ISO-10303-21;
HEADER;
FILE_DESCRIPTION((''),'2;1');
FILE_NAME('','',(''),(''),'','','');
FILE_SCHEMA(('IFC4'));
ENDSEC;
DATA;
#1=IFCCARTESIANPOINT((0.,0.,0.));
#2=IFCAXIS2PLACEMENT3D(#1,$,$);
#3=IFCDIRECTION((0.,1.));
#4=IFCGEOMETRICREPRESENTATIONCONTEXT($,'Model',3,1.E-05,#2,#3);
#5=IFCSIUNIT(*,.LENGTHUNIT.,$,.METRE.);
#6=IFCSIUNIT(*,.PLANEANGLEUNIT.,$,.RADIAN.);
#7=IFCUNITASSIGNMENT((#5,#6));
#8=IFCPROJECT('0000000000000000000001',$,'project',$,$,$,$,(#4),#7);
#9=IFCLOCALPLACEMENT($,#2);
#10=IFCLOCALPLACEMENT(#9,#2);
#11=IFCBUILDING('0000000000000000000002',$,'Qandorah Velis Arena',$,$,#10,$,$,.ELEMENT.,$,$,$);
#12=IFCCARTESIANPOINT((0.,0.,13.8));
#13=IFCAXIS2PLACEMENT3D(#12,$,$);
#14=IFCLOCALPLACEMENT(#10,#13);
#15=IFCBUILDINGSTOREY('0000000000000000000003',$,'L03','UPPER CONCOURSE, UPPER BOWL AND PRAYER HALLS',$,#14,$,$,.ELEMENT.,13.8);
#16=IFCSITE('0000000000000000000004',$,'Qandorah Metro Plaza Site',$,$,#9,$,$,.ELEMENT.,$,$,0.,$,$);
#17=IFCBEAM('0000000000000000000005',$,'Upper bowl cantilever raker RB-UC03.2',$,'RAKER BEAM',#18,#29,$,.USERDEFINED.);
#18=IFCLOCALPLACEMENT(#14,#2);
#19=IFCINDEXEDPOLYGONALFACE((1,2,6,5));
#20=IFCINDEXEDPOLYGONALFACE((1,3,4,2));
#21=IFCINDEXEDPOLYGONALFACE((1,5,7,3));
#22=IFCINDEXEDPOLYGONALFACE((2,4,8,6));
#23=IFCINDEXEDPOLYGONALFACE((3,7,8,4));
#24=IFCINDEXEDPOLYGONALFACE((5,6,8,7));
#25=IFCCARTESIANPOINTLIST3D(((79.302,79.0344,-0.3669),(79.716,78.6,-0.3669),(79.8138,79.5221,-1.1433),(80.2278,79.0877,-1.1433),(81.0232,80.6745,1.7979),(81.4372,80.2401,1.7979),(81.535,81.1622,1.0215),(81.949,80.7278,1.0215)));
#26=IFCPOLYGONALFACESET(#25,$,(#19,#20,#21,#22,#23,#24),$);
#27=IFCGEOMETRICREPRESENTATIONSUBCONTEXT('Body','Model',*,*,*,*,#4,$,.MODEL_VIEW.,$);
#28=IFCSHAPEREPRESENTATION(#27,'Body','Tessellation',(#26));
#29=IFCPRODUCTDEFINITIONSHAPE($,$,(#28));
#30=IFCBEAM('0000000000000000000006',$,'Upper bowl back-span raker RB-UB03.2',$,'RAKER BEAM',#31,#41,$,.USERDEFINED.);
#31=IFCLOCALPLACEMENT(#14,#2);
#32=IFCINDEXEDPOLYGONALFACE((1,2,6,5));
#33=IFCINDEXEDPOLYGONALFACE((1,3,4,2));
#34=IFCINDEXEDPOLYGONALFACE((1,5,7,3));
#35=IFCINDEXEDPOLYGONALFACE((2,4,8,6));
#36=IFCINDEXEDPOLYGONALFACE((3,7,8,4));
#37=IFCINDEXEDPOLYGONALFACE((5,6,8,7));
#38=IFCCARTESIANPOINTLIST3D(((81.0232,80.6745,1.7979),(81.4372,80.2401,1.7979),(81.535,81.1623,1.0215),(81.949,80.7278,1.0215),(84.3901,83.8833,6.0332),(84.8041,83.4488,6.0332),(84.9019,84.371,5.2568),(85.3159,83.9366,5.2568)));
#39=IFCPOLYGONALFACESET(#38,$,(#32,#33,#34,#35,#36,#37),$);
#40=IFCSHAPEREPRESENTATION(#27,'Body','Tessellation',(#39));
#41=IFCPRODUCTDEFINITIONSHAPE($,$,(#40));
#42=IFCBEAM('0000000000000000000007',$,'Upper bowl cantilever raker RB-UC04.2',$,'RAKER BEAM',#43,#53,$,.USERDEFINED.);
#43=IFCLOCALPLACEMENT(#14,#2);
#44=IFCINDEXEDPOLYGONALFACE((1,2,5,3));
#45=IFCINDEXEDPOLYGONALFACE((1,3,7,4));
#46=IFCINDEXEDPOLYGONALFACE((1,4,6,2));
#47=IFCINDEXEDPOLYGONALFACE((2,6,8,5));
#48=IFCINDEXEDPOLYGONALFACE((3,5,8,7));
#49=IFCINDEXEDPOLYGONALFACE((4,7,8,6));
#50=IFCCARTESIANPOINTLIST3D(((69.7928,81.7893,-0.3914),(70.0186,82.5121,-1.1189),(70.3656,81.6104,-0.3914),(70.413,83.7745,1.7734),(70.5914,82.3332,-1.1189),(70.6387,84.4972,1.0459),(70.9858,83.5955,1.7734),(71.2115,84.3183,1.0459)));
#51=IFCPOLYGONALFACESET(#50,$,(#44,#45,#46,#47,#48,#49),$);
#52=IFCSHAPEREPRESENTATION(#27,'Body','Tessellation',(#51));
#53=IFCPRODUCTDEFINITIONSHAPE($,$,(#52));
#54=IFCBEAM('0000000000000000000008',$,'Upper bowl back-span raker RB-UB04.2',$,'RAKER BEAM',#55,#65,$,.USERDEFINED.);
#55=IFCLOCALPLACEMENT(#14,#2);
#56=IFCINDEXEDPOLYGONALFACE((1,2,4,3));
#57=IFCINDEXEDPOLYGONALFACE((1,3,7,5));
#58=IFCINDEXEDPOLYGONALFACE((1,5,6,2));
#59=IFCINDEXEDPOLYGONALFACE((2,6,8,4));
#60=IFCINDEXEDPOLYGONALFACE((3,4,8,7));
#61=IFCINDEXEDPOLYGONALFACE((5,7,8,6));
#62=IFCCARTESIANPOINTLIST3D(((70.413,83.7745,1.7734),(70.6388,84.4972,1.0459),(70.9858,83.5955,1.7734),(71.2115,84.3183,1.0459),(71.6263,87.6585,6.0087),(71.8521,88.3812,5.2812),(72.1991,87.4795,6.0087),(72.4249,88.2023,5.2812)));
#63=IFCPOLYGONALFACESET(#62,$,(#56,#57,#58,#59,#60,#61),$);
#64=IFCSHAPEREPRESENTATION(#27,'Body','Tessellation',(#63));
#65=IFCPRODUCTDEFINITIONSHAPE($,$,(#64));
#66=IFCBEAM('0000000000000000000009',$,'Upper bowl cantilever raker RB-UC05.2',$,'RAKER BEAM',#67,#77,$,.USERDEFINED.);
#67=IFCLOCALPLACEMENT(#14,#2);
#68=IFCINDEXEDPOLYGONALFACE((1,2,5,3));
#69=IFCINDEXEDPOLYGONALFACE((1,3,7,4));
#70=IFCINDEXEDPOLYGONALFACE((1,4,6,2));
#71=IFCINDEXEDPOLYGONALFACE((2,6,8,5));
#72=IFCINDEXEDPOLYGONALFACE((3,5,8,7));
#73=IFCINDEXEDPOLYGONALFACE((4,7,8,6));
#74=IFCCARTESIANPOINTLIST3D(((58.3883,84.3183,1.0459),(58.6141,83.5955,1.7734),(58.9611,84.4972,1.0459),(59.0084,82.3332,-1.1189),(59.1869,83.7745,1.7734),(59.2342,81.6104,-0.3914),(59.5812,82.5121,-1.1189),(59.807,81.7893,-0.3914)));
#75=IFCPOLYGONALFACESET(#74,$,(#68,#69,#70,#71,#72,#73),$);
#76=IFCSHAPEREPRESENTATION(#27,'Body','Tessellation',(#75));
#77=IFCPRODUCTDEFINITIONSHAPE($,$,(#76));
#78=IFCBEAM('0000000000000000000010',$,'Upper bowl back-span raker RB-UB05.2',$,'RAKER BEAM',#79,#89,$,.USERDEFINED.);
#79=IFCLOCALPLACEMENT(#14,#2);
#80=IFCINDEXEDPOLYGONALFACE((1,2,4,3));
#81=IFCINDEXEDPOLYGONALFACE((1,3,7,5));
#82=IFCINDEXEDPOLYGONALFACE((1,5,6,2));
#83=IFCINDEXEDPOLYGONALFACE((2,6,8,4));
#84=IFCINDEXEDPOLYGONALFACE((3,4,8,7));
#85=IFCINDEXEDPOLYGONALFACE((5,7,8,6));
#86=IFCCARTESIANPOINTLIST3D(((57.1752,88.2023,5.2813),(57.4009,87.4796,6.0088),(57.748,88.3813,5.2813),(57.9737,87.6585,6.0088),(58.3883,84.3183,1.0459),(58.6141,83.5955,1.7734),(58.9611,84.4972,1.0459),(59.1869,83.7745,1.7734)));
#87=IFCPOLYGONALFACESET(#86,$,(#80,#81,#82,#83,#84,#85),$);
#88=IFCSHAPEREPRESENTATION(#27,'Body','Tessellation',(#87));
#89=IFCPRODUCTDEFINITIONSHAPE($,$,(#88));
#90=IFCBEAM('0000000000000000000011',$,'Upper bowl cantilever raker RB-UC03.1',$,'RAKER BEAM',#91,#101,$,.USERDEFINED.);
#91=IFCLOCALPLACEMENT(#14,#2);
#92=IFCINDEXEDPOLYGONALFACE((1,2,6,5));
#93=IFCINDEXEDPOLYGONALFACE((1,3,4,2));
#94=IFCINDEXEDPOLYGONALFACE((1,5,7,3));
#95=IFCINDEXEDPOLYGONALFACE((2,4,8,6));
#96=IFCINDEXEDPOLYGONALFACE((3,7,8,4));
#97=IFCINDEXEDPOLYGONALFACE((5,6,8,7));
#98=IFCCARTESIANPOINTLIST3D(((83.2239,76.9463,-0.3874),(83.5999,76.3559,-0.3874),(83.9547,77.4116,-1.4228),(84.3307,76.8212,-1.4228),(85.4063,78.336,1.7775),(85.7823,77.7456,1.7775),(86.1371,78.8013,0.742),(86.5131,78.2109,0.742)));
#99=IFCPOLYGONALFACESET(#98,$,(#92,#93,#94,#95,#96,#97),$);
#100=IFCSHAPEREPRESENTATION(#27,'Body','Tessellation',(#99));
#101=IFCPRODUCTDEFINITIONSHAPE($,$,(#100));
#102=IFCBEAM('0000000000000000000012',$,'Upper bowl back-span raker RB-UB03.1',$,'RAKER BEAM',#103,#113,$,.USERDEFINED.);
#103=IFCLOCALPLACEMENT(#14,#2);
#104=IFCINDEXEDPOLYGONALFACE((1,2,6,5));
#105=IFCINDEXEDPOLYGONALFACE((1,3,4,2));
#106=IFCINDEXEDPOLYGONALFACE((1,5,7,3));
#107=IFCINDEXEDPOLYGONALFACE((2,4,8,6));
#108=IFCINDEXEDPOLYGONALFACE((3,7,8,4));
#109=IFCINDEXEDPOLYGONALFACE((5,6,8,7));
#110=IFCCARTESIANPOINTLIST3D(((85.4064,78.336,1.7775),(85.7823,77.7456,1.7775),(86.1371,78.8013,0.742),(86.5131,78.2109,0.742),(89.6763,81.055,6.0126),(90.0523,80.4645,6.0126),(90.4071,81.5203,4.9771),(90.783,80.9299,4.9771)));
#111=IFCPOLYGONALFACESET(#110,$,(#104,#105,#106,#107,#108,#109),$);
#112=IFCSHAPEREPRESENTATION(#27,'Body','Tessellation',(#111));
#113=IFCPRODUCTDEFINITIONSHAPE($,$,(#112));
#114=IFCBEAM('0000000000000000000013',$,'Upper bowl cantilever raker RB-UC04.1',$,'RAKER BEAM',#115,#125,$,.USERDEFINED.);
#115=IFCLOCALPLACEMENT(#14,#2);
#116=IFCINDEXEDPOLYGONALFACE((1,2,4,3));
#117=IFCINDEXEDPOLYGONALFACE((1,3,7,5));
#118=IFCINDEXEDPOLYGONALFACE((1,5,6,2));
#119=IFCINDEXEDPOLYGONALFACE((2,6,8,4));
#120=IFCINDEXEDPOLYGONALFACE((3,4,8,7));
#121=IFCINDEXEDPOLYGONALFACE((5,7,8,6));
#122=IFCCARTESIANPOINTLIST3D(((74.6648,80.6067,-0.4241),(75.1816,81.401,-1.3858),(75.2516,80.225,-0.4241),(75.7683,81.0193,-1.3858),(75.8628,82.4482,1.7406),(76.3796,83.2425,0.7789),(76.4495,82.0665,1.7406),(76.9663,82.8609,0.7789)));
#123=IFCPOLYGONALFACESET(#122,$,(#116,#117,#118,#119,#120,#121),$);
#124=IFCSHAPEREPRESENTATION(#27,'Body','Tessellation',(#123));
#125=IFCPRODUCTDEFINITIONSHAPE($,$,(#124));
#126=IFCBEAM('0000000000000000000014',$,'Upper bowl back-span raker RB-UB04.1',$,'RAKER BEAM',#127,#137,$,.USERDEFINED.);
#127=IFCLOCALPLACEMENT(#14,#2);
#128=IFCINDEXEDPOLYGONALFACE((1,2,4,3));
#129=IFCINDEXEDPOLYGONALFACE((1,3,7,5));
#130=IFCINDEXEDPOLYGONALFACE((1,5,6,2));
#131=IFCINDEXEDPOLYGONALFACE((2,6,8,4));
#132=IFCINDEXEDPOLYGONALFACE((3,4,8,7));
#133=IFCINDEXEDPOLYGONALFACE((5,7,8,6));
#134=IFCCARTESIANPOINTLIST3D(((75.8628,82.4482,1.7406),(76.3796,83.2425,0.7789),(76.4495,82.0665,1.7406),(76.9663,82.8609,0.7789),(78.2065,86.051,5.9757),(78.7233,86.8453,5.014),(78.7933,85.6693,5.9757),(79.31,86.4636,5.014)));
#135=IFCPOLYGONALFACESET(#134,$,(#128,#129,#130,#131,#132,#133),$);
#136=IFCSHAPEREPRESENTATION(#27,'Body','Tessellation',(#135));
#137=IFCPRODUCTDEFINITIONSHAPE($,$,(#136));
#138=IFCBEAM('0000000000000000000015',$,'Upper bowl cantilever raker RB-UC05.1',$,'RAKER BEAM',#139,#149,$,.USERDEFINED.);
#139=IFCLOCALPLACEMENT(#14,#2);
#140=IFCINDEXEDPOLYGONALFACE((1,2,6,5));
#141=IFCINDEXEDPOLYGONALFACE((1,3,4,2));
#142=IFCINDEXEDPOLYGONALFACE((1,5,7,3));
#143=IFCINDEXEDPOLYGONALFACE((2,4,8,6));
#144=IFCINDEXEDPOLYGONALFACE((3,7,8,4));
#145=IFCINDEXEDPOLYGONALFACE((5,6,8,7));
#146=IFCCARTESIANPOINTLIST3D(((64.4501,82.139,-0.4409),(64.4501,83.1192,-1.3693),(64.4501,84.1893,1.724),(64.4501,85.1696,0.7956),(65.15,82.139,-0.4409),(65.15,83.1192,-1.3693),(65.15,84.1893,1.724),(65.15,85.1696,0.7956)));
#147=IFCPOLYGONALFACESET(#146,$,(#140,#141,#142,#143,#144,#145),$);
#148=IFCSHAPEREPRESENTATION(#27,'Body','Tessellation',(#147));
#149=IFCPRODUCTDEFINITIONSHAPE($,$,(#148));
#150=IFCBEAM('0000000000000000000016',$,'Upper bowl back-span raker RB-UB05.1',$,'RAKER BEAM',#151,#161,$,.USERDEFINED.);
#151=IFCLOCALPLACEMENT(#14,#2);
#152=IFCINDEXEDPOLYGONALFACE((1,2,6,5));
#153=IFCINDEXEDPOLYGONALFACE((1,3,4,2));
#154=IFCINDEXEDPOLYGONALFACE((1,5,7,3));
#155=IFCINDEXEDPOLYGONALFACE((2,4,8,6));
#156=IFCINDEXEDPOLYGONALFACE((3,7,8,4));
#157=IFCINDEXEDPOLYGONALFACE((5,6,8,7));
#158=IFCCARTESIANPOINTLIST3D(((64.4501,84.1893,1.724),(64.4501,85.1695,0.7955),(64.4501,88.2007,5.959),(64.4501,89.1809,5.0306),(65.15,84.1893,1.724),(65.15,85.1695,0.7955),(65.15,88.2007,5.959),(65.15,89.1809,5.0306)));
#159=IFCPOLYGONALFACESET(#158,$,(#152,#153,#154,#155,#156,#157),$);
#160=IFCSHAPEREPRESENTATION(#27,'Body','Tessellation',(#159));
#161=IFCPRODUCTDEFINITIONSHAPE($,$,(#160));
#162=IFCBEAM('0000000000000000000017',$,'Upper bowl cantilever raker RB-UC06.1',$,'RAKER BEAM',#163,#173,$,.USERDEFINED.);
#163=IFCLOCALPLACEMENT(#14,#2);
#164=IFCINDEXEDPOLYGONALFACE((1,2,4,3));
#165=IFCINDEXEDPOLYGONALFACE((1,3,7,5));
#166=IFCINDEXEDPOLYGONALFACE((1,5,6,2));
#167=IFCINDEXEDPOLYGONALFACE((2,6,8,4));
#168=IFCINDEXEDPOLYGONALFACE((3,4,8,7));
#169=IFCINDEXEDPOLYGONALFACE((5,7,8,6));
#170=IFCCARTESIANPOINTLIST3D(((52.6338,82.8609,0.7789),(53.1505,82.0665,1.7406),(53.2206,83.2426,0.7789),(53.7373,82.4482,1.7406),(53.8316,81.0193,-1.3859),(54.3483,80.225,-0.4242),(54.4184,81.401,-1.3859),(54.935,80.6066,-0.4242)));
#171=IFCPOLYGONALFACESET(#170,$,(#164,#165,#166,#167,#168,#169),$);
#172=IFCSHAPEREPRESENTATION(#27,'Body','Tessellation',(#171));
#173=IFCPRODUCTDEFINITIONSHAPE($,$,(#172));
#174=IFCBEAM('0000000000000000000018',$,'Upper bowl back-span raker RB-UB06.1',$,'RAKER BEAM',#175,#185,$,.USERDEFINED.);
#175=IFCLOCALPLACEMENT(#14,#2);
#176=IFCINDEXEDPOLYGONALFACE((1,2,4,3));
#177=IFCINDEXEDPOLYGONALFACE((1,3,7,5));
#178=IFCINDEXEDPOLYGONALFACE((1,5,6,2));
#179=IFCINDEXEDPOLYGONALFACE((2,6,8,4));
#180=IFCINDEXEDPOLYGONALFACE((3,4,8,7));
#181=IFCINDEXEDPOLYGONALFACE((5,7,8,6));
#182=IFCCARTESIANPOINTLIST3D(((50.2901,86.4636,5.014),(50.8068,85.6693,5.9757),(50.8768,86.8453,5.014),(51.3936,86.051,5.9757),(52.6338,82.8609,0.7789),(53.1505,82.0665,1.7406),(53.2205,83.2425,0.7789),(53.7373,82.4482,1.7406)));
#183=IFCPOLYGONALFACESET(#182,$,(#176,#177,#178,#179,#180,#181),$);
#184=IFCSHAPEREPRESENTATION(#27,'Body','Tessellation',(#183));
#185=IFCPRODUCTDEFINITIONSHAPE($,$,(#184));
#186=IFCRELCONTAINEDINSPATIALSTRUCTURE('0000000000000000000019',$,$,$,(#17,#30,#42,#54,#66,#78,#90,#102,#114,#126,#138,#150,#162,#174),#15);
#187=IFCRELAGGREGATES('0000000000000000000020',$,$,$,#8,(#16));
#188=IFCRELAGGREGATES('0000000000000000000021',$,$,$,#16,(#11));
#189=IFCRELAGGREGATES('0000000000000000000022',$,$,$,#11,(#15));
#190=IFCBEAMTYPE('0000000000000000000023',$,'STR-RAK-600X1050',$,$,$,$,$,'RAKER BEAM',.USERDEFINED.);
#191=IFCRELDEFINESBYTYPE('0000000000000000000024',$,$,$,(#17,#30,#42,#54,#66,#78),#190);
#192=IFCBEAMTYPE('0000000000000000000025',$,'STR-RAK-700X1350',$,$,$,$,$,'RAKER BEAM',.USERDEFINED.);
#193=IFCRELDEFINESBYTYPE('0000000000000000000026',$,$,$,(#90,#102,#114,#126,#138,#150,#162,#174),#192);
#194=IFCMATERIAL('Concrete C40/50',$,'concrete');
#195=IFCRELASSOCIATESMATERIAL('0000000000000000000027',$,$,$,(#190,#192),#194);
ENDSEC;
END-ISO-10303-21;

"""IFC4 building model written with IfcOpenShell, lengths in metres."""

from ifc_helpers import new_model, si_unit, direction, frame, origin, origin_2d, place, context, subcontext, project, spatial, rectangle, extrude, material, material_profile, profile_set, type_object, element, save


model = new_model("IFC4")

# Units and contexts
model_context = context("Model", 3, precision=1e-05, world=origin(), true_north=direction((0.0, 1.0)))
body_context = subcontext(model_context, "Body", "Model", "MODEL_VIEW")
ifc_project = project(units=[si_unit("LENGTHUNIT", "METRE"), si_unit("PLANEANGLEUNIT", "RADIAN")], contexts=[model_context])

# Site, building, storey
site_placement = place(None, origin())
site = spatial("IfcSite", under=ifc_project, at=site_placement, Name="Qandorah Metro Plaza Site", CompositionType="ELEMENT", RefElevation=0.0)
building_placement = place(site_placement, origin())
building = spatial("IfcBuilding", under=site, at=building_placement, Name="Qandorah Velis Arena", CompositionType="ELEMENT")
storey_placement = place(building_placement, frame((0.0, 0.0, 13.8)))
storey = spatial("IfcBuildingStorey", under=building, at=storey_placement, Name="L03", Description="UPPER CONCOURSE, UPPER BOWL AND PRAYER HALLS", CompositionType="ELEMENT", Elevation=13.8)

# Shared definitions
ifc_material_1 = material(Name="Concrete C40/50", Category="concrete")

# Beams
ifc_material_profile_1 = material_profile(ifc_material_1, rectangle(XDim=0.6001, YDim=1.05, at=origin_2d()), Name="RC RAKER 600x1050")
ifc_profile_set_1 = profile_set([ifc_material_profile_1], Name="Concrete C40/50")
beam_type_1 = type_object("IfcBeamType", Name="STR-RAK-600X1050", ElementType="RAKER BEAM", PredefinedType="USERDEFINED", material=ifc_profile_set_1)
beam_1_placement = place(storey_placement, frame((81.4861, 80.7012, 1.4097), z_axis=(-0.535294, -0.510086, -0.673255), x_axis=(0.689855, -0.723947, 0.0)))
element("IfcBeam", 1, at=beam_1_placement, inside=storey, type_object=beam_type_1, Name="Upper bowl cantilever raker RB-UC03.2", ObjectType="RAKER BEAM", PredefinedType="USERDEFINED", context=body_context, shape_type="SweptSolid", body=[
    extrude(rectangle(XDim=0.6001, YDim=1.05, at=origin_2d()), origin(), (0.0, 0.0, 1.0), 3.2153),
])
beam_2_placement = place(storey_placement, frame((81.4861, 80.7012, 1.4097), z_axis=(0.535242, 0.510092, 0.673292), x_axis=(-0.689895, 0.723909, 0.0)))
element("IfcBeam", 2, at=beam_2_placement, inside=storey, type_object=beam_type_1, Name="Upper bowl back-span raker RB-UB03.2", ObjectType="RAKER BEAM", PredefinedType="USERDEFINED", context=body_context, shape_type="SweptSolid", body=[
    extrude(rectangle(XDim=0.6001, YDim=1.05, at=origin_2d()), origin(), (0.0, 0.0, 1.0), 6.2905),
])
beam_3_placement = place(storey_placement, frame((70.8123, 84.0464, 1.4097), z_axis=(-0.206573, -0.661279, -0.721136), x_axis=(0.954511, -0.298175, 0.0)))
element("IfcBeam", 3, at=beam_3_placement, inside=storey, type_object=beam_type_1, Name="Upper bowl cantilever raker RB-UC04.2", ObjectType="RAKER BEAM", PredefinedType="USERDEFINED", context=body_context, shape_type="SweptSolid", body=[
    extrude(rectangle(XDim=0.6001, YDim=1.05, at=origin_2d()), origin(), (0.0, 0.0, 1.0), 3.002),
])
beam_4_placement = place(storey_placement, frame((70.8123, 84.0464, 1.4097), z_axis=(0.206591, 0.661298, 0.721114), x_axis=(-0.954507, 0.29819, 0.0)))
element("IfcBeam", 4, at=beam_4_placement, inside=storey, type_object=beam_type_1, Name="Upper bowl back-span raker RB-UB04.2", ObjectType="RAKER BEAM", PredefinedType="USERDEFINED", context=body_context, shape_type="SweptSolid", body=[
    extrude(rectangle(XDim=0.6001, YDim=1.05, at=origin_2d()), origin(), (0.0, 0.0, 1.0), 5.8733),
])
beam_5_placement = place(storey_placement, frame((58.7876, 84.0464, 1.4097), z_axis=(0.206573, -0.661279, -0.721136), x_axis=(0.954511, 0.298175, 0.0)))
element("IfcBeam", 5, at=beam_5_placement, inside=storey, type_object=beam_type_1, Name="Upper bowl cantilever raker RB-UC05.2", ObjectType="RAKER BEAM", PredefinedType="USERDEFINED", context=body_context, shape_type="SweptSolid", body=[
    extrude(rectangle(XDim=0.6001, YDim=1.05, at=origin_2d()), origin(), (0.0, 0.0, 1.0), 3.002),
])
beam_6_placement = place(storey_placement, frame((58.7876, 84.0464, 1.4097), z_axis=(-0.206551, 0.661304, 0.72112), x_axis=(-0.954524, -0.298135, 0.0)))
element("IfcBeam", 6, at=beam_6_placement, inside=storey, type_object=beam_type_1, Name="Upper bowl back-span raker RB-UB05.2", ObjectType="RAKER BEAM", PredefinedType="USERDEFINED", context=body_context, shape_type="SweptSolid", body=[
    extrude(rectangle(XDim=0.6001, YDim=1.05, at=origin_2d()), origin(), (0.0, 0.0, 1.0), 5.8733),
])
ifc_material_profile_2 = material_profile(ifc_material_1, rectangle(XDim=0.7, YDim=1.3501, at=origin_2d()), Name="RC RAKER 700x1350")
ifc_profile_set_2 = profile_set([ifc_material_profile_2], Name="Concrete C40/50")
beam_type_2 = type_object("IfcBeamType", Name="STR-RAK-700X1350", ElementType="RAKER BEAM", PredefinedType="USERDEFINED", material=ifc_profile_set_2)
beam_7_placement = place(storey_placement, frame((85.9597, 78.2734, 1.2598), z_axis=(-0.646925, -0.411936, -0.641714), x_axis=(0.537114, -0.84351, 0.0)))
element("IfcBeam", 7, at=beam_7_placement, inside=storey, type_object=beam_type_2, Name="Upper bowl cantilever raker RB-UC03.1", ObjectType="RAKER BEAM", PredefinedType="USERDEFINED", context=body_context, shape_type="SweptSolid", body=[
    extrude(rectangle(XDim=0.7, YDim=1.3501, at=origin_2d()), origin(), (0.0, 0.0, 1.0), 3.3735),
])
beam_8_placement = place(storey_placement, frame((85.9597, 78.2734, 1.2598), z_axis=(0.646957, 0.411959, 0.641667), x_axis=(-0.537116, 0.843509, 0.0)))
element("IfcBeam", 8, at=beam_8_placement, inside=storey, type_object=beam_type_2, Name="Upper bowl back-span raker RB-UB03.1", ObjectType="RAKER BEAM", PredefinedType="USERDEFINED", context=body_context, shape_type="SweptSolid", body=[
    extrude(rectangle(XDim=0.7, YDim=1.3501, at=origin_2d()), origin(), (0.0, 0.0, 1.0), 6.6001),
])
beam_9_placement = place(storey_placement, frame((76.4146, 82.6545, 1.2598), z_axis=(-0.388419, -0.597075, -0.701878), x_axis=(0.838238, -0.545305, 0.0)))
element("IfcBeam", 9, at=beam_9_placement, inside=storey, type_object=beam_type_2, Name="Upper bowl cantilever raker RB-UC04.1", ObjectType="RAKER BEAM", PredefinedType="USERDEFINED", context=body_context, shape_type="SweptSolid", body=[
    extrude(rectangle(XDim=0.7, YDim=1.3501, at=origin_2d()), origin(), (0.0, 0.0, 1.0), 3.0842),
])
beam_10_placement = place(storey_placement, frame((76.4146, 82.6545, 1.2598), z_axis=(0.388423, 0.597079, 0.701872), x_axis=(-0.838237, 0.545306, 0.0)))
element("IfcBeam", 10, at=beam_10_placement, inside=storey, type_object=beam_type_2, Name="Upper bowl back-span raker RB-UB04.1", ObjectType="RAKER BEAM", PredefinedType="USERDEFINED", context=body_context, shape_type="SweptSolid", body=[
    extrude(rectangle(XDim=0.7, YDim=1.3501, at=origin_2d()), origin(), (0.0, 0.0, 1.0), 6.0339),
])
beam_11_placement = place(storey_placement, frame((64.8, 84.6794, 1.2598), z_axis=(0.0, -0.687645, -0.726047), x_axis=(1.0, 0.0, 0.0)))
element("IfcBeam", 11, at=beam_11_placement, inside=storey, type_object=beam_type_2, Name="Upper bowl cantilever raker RB-UC05.1", ObjectType="RAKER BEAM", PredefinedType="USERDEFINED", context=body_context, shape_type="SweptSolid", body=[
    extrude(rectangle(XDim=0.7, YDim=1.3501, at=origin_2d()), origin(), (0.0, 0.0, 1.0), 2.9817),
])
beam_12_placement = place(storey_placement, frame((64.8, 84.6794, 1.2598), z_axis=(0.0, 0.687678, 0.726015), x_axis=(-1.0, 0.0, 0.0)))
element("IfcBeam", 12, at=beam_12_placement, inside=storey, type_object=beam_type_2, Name="Upper bowl back-span raker RB-UB05.1", ObjectType="RAKER BEAM", PredefinedType="USERDEFINED", context=body_context, shape_type="SweptSolid", body=[
    extrude(rectangle(XDim=0.7, YDim=1.3501, at=origin_2d()), origin(), (0.0, 0.0, 1.0), 5.8333),
])
beam_13_placement = place(storey_placement, frame((53.1855, 82.6545, 1.2598), z_axis=(0.388352, -0.597093, -0.701899), x_axis=(0.838289, 0.545227, 0.0)))
element("IfcBeam", 13, at=beam_13_placement, inside=storey, type_object=beam_type_2, Name="Upper bowl cantilever raker RB-UC06.1", ObjectType="RAKER BEAM", PredefinedType="USERDEFINED", context=body_context, shape_type="SweptSolid", body=[
    extrude(rectangle(XDim=0.7, YDim=1.3501, at=origin_2d()), origin(), (0.0, 0.0, 1.0), 3.0842),
])
beam_14_placement = place(storey_placement, frame((53.1855, 82.6545, 1.2598), z_axis=(-0.388423, 0.597079, 0.701872), x_axis=(-0.838237, -0.545306, 0.0)))
element("IfcBeam", 14, at=beam_14_placement, inside=storey, type_object=beam_type_2, Name="Upper bowl back-span raker RB-UB06.1", ObjectType="RAKER BEAM", PredefinedType="USERDEFINED", context=body_context, shape_type="SweptSolid", body=[
    extrude(rectangle(XDim=0.7, YDim=1.3501, at=origin_2d()), origin(), (0.0, 0.0, 1.0), 6.0339),
])

save(model, "model.ifc")
